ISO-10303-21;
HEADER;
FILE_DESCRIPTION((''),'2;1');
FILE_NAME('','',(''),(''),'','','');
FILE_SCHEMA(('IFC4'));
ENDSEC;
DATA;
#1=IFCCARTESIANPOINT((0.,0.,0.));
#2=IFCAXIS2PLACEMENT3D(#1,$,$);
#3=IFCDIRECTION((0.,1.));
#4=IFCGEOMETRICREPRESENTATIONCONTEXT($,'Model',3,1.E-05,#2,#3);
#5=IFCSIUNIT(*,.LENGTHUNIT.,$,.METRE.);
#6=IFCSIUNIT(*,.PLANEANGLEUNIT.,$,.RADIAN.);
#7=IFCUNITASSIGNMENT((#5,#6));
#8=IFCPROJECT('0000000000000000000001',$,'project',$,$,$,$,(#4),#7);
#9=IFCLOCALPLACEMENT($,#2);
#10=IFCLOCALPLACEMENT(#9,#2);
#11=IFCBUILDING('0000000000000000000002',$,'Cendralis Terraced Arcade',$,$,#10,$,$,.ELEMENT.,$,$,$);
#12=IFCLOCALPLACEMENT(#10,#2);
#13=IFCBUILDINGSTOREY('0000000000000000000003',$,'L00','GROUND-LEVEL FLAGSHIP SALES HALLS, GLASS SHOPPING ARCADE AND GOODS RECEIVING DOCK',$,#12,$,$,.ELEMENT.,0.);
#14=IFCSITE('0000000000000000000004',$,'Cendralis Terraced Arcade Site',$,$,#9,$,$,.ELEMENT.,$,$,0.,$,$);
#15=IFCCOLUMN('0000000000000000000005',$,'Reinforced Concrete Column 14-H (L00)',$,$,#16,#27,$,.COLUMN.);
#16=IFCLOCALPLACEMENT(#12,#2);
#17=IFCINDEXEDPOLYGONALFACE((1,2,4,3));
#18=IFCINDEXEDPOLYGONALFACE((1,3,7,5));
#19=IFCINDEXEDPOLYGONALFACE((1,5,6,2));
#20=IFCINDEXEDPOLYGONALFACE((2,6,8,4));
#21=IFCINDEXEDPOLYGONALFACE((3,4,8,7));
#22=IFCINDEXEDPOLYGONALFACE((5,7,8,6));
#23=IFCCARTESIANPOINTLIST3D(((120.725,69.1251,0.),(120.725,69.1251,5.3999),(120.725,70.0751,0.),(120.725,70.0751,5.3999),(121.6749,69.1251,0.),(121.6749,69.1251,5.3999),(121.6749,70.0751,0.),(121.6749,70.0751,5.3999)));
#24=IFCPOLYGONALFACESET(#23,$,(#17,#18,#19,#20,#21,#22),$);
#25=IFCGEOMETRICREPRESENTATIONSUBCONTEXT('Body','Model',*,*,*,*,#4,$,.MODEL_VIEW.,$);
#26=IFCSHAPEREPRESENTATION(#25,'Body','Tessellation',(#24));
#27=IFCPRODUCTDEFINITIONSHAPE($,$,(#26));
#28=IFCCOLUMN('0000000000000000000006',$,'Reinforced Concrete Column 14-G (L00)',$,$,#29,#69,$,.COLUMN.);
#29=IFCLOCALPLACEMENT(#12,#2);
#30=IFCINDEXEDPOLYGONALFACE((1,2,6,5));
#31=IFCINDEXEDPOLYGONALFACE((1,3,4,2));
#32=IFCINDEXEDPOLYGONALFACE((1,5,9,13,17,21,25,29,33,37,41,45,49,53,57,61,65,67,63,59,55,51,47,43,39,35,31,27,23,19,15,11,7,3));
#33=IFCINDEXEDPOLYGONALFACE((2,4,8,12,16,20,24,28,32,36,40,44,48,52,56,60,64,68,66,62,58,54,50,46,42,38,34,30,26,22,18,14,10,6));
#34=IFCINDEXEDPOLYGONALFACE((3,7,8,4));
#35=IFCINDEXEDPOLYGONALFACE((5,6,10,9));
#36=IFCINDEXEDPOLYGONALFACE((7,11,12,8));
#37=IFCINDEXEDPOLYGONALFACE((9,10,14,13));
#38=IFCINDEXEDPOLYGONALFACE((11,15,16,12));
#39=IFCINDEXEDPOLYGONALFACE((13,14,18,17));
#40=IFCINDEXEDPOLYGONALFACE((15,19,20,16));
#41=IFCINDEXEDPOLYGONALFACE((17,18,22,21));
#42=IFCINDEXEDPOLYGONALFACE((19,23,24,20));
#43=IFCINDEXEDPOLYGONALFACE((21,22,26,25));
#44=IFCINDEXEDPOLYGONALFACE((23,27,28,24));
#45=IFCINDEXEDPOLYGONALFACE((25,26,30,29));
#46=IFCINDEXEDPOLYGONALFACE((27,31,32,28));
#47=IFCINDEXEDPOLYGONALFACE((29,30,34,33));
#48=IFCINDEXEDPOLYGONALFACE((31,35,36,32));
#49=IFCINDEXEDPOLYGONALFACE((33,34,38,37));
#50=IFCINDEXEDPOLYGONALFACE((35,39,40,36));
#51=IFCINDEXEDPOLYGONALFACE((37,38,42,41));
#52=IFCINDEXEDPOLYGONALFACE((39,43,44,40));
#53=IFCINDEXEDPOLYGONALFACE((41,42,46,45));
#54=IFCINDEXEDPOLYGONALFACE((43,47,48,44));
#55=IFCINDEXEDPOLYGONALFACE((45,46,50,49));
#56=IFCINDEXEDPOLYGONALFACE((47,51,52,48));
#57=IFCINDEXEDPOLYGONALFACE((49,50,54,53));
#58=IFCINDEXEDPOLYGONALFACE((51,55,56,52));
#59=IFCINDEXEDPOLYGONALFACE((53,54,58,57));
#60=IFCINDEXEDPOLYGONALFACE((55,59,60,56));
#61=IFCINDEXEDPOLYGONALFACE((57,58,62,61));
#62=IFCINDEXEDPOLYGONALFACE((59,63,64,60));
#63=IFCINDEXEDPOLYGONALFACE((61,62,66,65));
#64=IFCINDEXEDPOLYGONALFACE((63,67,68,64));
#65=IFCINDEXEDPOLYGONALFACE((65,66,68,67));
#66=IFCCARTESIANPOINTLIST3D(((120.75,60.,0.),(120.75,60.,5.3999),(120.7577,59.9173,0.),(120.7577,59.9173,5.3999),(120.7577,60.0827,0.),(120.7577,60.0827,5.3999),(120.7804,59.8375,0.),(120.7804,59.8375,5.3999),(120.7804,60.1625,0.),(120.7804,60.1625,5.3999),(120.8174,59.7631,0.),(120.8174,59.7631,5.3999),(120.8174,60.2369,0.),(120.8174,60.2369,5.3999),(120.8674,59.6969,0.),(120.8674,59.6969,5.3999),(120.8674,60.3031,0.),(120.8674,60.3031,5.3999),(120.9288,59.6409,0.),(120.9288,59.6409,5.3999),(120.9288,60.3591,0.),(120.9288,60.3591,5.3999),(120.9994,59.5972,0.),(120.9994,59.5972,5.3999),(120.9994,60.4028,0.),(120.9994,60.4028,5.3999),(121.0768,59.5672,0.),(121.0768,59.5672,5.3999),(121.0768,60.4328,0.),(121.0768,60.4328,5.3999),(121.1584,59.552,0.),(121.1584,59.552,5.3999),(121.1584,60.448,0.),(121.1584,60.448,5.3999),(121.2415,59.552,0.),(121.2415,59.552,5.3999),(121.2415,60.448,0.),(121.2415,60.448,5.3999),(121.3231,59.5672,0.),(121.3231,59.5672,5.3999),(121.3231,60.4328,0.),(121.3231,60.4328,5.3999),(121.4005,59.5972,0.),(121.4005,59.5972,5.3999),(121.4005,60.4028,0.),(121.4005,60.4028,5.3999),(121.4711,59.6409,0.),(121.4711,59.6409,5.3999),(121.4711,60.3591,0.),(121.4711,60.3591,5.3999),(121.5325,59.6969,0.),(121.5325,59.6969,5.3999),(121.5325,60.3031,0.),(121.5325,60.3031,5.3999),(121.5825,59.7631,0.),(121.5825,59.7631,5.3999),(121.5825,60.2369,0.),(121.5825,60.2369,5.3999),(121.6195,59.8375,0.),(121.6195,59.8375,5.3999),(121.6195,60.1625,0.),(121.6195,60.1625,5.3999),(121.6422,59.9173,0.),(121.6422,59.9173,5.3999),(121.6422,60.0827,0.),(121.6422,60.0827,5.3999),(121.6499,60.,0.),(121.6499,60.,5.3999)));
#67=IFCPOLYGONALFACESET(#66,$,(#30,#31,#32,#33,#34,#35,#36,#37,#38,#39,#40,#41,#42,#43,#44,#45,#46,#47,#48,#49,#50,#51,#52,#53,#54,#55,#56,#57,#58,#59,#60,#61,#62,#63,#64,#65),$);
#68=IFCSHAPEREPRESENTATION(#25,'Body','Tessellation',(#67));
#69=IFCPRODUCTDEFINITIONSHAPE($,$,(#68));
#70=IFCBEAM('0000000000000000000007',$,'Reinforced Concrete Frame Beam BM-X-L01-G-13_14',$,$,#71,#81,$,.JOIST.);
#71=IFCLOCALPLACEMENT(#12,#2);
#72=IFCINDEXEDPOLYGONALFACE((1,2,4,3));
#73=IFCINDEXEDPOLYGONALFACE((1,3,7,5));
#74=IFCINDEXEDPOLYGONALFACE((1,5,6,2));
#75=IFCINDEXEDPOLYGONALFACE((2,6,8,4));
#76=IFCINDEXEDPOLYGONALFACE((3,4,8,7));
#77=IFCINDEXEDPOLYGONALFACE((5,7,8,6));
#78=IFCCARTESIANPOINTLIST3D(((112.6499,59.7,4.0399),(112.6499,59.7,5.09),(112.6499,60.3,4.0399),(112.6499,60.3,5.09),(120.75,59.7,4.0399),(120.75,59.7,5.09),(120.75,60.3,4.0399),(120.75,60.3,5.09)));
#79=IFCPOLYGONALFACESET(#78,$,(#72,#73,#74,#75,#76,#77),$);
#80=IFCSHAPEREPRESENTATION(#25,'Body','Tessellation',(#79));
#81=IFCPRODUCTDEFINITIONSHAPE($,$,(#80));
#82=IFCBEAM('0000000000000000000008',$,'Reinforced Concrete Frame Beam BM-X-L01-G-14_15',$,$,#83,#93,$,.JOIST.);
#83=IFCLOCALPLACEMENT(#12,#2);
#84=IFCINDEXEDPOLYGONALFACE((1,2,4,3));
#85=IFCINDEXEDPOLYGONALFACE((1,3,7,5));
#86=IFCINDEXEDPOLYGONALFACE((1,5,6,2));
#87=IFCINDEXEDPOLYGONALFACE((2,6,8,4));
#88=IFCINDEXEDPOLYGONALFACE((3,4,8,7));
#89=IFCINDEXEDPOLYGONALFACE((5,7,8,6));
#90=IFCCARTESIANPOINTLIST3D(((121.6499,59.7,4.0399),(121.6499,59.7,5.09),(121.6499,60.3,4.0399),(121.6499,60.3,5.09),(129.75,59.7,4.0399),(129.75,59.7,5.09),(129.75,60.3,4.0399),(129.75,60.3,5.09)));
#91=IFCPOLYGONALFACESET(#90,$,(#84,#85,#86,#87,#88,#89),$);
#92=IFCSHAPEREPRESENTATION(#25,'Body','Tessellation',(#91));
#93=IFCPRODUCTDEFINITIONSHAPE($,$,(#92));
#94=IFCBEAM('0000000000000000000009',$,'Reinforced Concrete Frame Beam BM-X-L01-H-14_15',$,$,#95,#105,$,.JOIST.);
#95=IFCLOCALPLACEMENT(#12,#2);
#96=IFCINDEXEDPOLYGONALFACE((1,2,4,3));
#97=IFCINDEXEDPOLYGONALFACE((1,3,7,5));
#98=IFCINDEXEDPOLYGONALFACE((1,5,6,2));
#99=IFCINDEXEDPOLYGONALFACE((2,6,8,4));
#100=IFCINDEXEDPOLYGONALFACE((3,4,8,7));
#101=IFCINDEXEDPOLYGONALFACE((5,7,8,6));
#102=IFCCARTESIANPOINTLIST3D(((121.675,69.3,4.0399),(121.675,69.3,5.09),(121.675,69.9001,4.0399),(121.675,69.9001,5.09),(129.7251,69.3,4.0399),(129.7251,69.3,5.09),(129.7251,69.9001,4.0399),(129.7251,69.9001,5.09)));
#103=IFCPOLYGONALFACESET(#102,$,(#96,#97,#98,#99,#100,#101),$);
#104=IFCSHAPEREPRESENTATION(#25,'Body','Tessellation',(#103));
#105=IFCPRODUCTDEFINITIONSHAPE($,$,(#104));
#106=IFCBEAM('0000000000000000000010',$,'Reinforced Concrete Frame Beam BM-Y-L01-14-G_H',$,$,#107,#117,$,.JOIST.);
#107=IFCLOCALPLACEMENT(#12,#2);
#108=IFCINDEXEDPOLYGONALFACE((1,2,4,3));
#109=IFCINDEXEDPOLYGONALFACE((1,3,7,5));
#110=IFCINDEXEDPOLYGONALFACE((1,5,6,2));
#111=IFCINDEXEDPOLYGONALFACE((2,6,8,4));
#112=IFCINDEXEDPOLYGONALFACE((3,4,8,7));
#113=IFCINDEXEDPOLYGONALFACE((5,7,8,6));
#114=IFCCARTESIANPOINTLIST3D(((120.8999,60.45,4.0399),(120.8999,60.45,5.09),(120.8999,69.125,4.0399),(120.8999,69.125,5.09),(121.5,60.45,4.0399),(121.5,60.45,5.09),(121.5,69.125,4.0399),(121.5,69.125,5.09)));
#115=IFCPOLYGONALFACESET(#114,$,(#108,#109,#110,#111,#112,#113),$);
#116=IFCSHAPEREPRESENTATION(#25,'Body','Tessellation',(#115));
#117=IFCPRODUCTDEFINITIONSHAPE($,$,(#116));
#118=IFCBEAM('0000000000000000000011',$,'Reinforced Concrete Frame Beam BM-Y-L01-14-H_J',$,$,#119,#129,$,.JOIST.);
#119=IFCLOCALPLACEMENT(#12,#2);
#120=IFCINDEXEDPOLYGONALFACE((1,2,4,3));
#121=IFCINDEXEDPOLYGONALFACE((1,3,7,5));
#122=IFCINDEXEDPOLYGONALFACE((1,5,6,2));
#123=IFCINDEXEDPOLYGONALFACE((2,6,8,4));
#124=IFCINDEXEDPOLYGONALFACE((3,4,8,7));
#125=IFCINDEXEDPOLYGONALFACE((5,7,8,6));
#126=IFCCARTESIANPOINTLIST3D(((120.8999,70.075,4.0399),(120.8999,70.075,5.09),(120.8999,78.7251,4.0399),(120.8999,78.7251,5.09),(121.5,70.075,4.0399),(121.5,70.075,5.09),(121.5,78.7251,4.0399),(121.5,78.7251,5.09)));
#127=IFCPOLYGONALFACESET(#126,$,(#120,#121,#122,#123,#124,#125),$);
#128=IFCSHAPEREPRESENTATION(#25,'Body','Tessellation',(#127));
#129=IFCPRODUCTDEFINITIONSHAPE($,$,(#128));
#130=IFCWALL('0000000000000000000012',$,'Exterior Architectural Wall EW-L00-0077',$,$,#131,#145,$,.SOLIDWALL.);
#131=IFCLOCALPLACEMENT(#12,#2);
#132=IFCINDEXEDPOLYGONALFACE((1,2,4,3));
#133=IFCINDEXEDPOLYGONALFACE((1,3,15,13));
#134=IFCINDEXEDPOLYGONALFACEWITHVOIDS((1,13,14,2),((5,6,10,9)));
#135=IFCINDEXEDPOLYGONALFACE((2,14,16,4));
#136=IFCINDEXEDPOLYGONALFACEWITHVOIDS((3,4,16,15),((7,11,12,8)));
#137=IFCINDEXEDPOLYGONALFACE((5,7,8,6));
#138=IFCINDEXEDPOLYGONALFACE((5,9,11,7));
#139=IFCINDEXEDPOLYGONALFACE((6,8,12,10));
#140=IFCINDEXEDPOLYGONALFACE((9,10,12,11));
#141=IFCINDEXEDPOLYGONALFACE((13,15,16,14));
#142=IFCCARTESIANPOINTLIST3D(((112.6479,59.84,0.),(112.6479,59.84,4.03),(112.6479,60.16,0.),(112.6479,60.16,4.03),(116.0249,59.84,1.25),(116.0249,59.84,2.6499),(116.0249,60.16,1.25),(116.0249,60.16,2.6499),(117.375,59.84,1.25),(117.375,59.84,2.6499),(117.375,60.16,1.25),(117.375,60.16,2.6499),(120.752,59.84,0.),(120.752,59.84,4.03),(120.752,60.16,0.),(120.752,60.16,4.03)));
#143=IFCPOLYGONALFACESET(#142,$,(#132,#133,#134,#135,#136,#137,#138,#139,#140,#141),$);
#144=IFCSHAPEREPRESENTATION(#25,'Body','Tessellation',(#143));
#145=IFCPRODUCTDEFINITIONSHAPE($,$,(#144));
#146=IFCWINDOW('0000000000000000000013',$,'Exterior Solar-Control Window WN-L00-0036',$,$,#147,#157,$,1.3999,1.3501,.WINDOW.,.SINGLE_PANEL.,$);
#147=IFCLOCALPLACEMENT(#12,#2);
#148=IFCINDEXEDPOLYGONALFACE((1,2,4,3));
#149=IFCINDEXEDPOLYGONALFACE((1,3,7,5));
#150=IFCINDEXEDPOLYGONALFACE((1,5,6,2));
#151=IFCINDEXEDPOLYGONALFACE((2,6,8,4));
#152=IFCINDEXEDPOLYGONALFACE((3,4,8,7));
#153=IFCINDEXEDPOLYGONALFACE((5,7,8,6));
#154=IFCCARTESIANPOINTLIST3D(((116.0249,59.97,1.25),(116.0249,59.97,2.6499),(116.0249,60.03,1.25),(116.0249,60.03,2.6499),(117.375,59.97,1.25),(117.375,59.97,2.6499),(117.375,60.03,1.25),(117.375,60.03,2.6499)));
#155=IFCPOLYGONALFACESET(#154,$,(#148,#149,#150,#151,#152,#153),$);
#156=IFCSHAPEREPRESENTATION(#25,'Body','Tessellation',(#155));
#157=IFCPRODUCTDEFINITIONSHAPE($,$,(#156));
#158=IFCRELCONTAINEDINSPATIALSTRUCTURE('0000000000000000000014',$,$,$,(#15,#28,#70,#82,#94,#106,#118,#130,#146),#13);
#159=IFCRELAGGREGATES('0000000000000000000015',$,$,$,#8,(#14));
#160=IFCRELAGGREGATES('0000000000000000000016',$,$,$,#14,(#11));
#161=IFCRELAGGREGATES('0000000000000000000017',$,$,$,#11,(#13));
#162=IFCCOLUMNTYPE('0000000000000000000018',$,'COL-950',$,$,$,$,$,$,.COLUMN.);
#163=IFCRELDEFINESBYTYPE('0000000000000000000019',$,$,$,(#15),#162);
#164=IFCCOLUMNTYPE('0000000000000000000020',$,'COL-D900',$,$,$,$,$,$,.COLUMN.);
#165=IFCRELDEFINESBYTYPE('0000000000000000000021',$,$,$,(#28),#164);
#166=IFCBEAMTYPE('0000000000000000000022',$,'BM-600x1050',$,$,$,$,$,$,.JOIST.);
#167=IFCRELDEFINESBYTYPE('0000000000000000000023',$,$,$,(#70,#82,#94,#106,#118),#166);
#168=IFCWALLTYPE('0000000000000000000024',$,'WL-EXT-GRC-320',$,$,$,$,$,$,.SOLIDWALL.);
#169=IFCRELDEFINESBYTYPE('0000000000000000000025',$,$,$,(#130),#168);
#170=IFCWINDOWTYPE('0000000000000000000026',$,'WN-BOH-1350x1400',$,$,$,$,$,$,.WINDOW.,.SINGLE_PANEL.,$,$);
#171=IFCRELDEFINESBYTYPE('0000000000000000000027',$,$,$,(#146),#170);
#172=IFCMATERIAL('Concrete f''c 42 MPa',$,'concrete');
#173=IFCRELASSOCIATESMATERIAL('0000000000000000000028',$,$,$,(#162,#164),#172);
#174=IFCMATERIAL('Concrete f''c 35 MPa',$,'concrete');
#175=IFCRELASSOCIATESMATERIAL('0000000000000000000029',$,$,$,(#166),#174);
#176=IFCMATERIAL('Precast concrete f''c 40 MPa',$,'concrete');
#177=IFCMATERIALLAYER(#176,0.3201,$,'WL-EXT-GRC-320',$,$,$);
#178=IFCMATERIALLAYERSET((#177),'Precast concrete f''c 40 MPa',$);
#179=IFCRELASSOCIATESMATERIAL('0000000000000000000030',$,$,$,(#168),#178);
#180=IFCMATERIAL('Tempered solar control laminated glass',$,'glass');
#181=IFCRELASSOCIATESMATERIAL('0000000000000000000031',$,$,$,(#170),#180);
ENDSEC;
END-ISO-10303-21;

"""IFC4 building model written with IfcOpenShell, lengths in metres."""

from ifc_helpers import new_model, si_unit, direction, frame, frame_2d, origin, origin_2d, place, context, subcontext, project, spatial, rectangle, circle, extrude, material, layer, layer_set, material_profile, profile_set, type_object, element, fill, save


model = new_model("IFC4")

# Units and contexts
model_context = context("Model", 3, precision=1e-05, world=origin(), true_north=direction((0.0, 1.0)))
body_context = subcontext(model_context, "Body", "Model", "MODEL_VIEW")
ifc_project = project(units=[si_unit("LENGTHUNIT", "METRE"), si_unit("PLANEANGLEUNIT", "RADIAN")], contexts=[model_context])

# Site, building, storey
site_placement = place(None, origin())
site = spatial("IfcSite", under=ifc_project, at=site_placement, Name="Cendralis Terraced Arcade Site", CompositionType="ELEMENT", RefElevation=0.0)
building_placement = place(site_placement, origin())
building = spatial("IfcBuilding", under=site, at=building_placement, Name="Cendralis Terraced Arcade", CompositionType="ELEMENT")
storey_placement = place(building_placement, origin())
storey = spatial("IfcBuildingStorey", under=building, at=storey_placement, Name="L00", Description="GROUND-LEVEL FLAGSHIP SALES HALLS, GLASS SHOPPING ARCADE AND GOODS RECEIVING DOCK", CompositionType="ELEMENT", Elevation=0.0)

# Columns
ifc_material_1 = material(Name="Concrete f'c 42 MPa", Category="concrete")
ifc_material_profile_1 = material_profile(ifc_material_1, rectangle(XDim=0.95, YDim=0.95, at=origin_2d()), Name="RC-COL-950x950", Category="LoadBearing")
ifc_profile_set_1 = profile_set([ifc_material_profile_1], Name="Concrete f'c 42 MPa")
column_type_1 = type_object("IfcColumnType", Name="COL-950", PredefinedType="COLUMN", material=ifc_profile_set_1)
column_1_placement = place(storey_placement, frame((121.2, 69.6001, 0.0), z_axis=(0.0, 0.0, 1.0), x_axis=(1.0, 0.0, 0.0)))
element("IfcColumn", 1, at=column_1_placement, inside=storey, type_object=column_type_1, Name="Reinforced Concrete Column 14-H (L00)", PredefinedType="COLUMN", context=body_context, shape_type="SweptSolid", body=[
    extrude(rectangle(XDim=0.95, YDim=0.95, at=origin_2d()), origin(), (0.0, 0.0, 1.0), 5.3999),
])
ifc_material_profile_2 = material_profile(ifc_material_1, circle(Radius=0.45, at=origin_2d()), Name="RC-COL-D900", Category="LoadBearing")
ifc_profile_set_2 = profile_set([ifc_material_profile_2], Name="Concrete f'c 42 MPa")
column_type_2 = type_object("IfcColumnType", Name="COL-D900", PredefinedType="COLUMN", material=ifc_profile_set_2)
column_2_placement = place(storey_placement, frame((121.2, 60.0, 0.0), z_axis=(0.0, 0.0, 1.0), x_axis=(1.0, 0.0, 0.0)))
element("IfcColumn", 2, at=column_2_placement, inside=storey, type_object=column_type_2, Name="Reinforced Concrete Column 14-G (L00)", PredefinedType="COLUMN", context=body_context, shape_type="SweptSolid", body=[
    extrude(circle(Radius=0.45, at=origin_2d()), origin(), (0.0, 0.0, 1.0), 5.3999),
])

# Beams
ifc_material_2 = material(Name="Concrete f'c 35 MPa", Category="concrete")
ifc_material_profile_3 = material_profile(ifc_material_2, rectangle(XDim=0.6001, YDim=1.05, at=origin_2d()), Name="RC-BM-600x1050", Category="LoadBearing")
ifc_profile_set_3 = profile_set([ifc_material_profile_3], Name="Concrete f'c 35 MPa")
beam_type = type_object("IfcBeamType", Name="BM-600x1050", PredefinedType="JOIST", material=ifc_profile_set_3)
for number, where, z_axis, x_axis, name in (
    (3, (112.6499, 60.0, 4.5649), (1.0, 0.0, 0.0), (0.0, 1.0, 0.0), "Reinforced Concrete Frame Beam BM-X-L01-G-13_14"),
    (4, (121.6499, 60.0, 4.5649), (1.0, 0.0, 0.0), (0.0, 1.0, 0.0), "Reinforced Concrete Frame Beam BM-X-L01-G-14_15"),
):
    element("IfcBeam", number, at=place(storey_placement, frame(where, z_axis=z_axis, x_axis=x_axis)), inside=storey, type_object=beam_type, Name=name, PredefinedType="JOIST", context=body_context, shape_type="SweptSolid", body=[
        extrude(rectangle(XDim=0.6001, YDim=1.05, at=origin_2d()), origin(), (0.0, 0.0, 1.0), 8.1001),
    ])
beam_1_placement = place(storey_placement, frame((121.675, 69.6001, 4.5649), z_axis=(1.0, 0.0, 0.0), x_axis=(0.0, 1.0, 0.0)))
element("IfcBeam", 5, at=beam_1_placement, inside=storey, type_object=beam_type, Name="Reinforced Concrete Frame Beam BM-X-L01-H-14_15", PredefinedType="JOIST", context=body_context, shape_type="SweptSolid", body=[
    extrude(rectangle(XDim=0.6001, YDim=1.05, at=origin_2d()), origin(), (0.0, 0.0, 1.0), 8.05),
])
beam_2_placement = place(storey_placement, frame((121.2, 60.45, 4.5649), z_axis=(0.0, 1.0, 0.0), x_axis=(-1.0, 0.0, 0.0)))
element("IfcBeam", 6, at=beam_2_placement, inside=storey, type_object=beam_type, Name="Reinforced Concrete Frame Beam BM-Y-L01-14-G_H", PredefinedType="JOIST", context=body_context, shape_type="SweptSolid", body=[
    extrude(rectangle(XDim=0.6001, YDim=1.05, at=origin_2d()), origin(), (0.0, 0.0, 1.0), 8.675),
])
beam_3_placement = place(storey_placement, frame((121.2, 70.075, 4.5649), z_axis=(0.0, 1.0, 0.0), x_axis=(-1.0, 0.0, 0.0)))
element("IfcBeam", 7, at=beam_3_placement, inside=storey, type_object=beam_type, Name="Reinforced Concrete Frame Beam BM-Y-L01-14-H_J", PredefinedType="JOIST", context=body_context, shape_type="SweptSolid", body=[
    extrude(rectangle(XDim=0.6001, YDim=1.05, at=origin_2d()), origin(), (0.0, 0.0, 1.0), 8.6501),
])

# Wall, opening, window
ifc_material_3 = material(Name="Precast concrete f'c 40 MPa", Category="concrete")
ifc_layer_1 = layer(ifc_material_3, 0.3201, Name="WL-EXT-GRC-320")
ifc_layer_set_1 = layer_set([ifc_layer_1], Name="Precast concrete f'c 40 MPa")
wall_type_1 = type_object("IfcWallType", Name="WL-EXT-GRC-320", PredefinedType="SOLIDWALL", material=ifc_layer_set_1)
wall_1_placement = place(storey_placement, frame((112.6479, 60.0, 0.0), z_axis=(0.0, 0.0, 1.0), x_axis=(1.0, 0.0, 0.0)))
wall_1 = element("IfcWall", 8, at=wall_1_placement, inside=storey, type_object=wall_type_1, Name="Exterior Architectural Wall EW-L00-0077", PredefinedType="SOLIDWALL", context=body_context, shape_type="SweptSolid", body=[
    extrude(rectangle(XDim=8.104, YDim=0.3201, at=frame_2d((4.052, 0.0))), origin(), (0.0, 0.0, 1.0), 4.03),
])
opening_1_placement = place(wall_1_placement, frame((3.377, 0.0, 1.25)))
opening_1 = element("IfcOpeningElement", 9, at=opening_1_placement, cuts=wall_1, PredefinedType="OPENING", context=body_context, shape_type="SweptSolid", body=[
    extrude(rectangle(XDim=1.3501, YDim=1.3999, at=frame_2d((0.675, 0.7))), frame((0.0, 0.1719, 0.0), z_axis=(0.0, -1.0, 0.0), x_axis=(1.0, 0.0, 0.0)), (0.0, 0.0, 1.0), 0.344),
])
ifc_material_4 = material(Name="Tempered solar control laminated glass", Category="glass")
window_type_1 = type_object("IfcWindowType", Name="WN-BOH-1350x1400", PartitioningType="SINGLE_PANEL", PredefinedType="WINDOW", material=ifc_material_4)
window_1_placement = place(opening_1_placement, origin())
window_1 = element("IfcWindow", 10, at=window_1_placement, inside=storey, type_object=window_type_1, Name="Exterior Solar-Control Window WN-L00-0036", OverallHeight=1.3999, OverallWidth=1.3501, PartitioningType="SINGLE_PANEL", PredefinedType="WINDOW", context=body_context, shape_type="SweptSolid", body=[
    extrude(rectangle(XDim=1.3501, YDim=1.3999, at=frame_2d((0.675, 0.7))), frame((0.0, 0.03, 0.0), z_axis=(0.0, -1.0, 0.0), x_axis=(1.0, 0.0, 0.0)), (0.0, 0.0, 1.0), 0.0601),
])
fill(opening_1, window_1)

save(model, "model.ifc")
